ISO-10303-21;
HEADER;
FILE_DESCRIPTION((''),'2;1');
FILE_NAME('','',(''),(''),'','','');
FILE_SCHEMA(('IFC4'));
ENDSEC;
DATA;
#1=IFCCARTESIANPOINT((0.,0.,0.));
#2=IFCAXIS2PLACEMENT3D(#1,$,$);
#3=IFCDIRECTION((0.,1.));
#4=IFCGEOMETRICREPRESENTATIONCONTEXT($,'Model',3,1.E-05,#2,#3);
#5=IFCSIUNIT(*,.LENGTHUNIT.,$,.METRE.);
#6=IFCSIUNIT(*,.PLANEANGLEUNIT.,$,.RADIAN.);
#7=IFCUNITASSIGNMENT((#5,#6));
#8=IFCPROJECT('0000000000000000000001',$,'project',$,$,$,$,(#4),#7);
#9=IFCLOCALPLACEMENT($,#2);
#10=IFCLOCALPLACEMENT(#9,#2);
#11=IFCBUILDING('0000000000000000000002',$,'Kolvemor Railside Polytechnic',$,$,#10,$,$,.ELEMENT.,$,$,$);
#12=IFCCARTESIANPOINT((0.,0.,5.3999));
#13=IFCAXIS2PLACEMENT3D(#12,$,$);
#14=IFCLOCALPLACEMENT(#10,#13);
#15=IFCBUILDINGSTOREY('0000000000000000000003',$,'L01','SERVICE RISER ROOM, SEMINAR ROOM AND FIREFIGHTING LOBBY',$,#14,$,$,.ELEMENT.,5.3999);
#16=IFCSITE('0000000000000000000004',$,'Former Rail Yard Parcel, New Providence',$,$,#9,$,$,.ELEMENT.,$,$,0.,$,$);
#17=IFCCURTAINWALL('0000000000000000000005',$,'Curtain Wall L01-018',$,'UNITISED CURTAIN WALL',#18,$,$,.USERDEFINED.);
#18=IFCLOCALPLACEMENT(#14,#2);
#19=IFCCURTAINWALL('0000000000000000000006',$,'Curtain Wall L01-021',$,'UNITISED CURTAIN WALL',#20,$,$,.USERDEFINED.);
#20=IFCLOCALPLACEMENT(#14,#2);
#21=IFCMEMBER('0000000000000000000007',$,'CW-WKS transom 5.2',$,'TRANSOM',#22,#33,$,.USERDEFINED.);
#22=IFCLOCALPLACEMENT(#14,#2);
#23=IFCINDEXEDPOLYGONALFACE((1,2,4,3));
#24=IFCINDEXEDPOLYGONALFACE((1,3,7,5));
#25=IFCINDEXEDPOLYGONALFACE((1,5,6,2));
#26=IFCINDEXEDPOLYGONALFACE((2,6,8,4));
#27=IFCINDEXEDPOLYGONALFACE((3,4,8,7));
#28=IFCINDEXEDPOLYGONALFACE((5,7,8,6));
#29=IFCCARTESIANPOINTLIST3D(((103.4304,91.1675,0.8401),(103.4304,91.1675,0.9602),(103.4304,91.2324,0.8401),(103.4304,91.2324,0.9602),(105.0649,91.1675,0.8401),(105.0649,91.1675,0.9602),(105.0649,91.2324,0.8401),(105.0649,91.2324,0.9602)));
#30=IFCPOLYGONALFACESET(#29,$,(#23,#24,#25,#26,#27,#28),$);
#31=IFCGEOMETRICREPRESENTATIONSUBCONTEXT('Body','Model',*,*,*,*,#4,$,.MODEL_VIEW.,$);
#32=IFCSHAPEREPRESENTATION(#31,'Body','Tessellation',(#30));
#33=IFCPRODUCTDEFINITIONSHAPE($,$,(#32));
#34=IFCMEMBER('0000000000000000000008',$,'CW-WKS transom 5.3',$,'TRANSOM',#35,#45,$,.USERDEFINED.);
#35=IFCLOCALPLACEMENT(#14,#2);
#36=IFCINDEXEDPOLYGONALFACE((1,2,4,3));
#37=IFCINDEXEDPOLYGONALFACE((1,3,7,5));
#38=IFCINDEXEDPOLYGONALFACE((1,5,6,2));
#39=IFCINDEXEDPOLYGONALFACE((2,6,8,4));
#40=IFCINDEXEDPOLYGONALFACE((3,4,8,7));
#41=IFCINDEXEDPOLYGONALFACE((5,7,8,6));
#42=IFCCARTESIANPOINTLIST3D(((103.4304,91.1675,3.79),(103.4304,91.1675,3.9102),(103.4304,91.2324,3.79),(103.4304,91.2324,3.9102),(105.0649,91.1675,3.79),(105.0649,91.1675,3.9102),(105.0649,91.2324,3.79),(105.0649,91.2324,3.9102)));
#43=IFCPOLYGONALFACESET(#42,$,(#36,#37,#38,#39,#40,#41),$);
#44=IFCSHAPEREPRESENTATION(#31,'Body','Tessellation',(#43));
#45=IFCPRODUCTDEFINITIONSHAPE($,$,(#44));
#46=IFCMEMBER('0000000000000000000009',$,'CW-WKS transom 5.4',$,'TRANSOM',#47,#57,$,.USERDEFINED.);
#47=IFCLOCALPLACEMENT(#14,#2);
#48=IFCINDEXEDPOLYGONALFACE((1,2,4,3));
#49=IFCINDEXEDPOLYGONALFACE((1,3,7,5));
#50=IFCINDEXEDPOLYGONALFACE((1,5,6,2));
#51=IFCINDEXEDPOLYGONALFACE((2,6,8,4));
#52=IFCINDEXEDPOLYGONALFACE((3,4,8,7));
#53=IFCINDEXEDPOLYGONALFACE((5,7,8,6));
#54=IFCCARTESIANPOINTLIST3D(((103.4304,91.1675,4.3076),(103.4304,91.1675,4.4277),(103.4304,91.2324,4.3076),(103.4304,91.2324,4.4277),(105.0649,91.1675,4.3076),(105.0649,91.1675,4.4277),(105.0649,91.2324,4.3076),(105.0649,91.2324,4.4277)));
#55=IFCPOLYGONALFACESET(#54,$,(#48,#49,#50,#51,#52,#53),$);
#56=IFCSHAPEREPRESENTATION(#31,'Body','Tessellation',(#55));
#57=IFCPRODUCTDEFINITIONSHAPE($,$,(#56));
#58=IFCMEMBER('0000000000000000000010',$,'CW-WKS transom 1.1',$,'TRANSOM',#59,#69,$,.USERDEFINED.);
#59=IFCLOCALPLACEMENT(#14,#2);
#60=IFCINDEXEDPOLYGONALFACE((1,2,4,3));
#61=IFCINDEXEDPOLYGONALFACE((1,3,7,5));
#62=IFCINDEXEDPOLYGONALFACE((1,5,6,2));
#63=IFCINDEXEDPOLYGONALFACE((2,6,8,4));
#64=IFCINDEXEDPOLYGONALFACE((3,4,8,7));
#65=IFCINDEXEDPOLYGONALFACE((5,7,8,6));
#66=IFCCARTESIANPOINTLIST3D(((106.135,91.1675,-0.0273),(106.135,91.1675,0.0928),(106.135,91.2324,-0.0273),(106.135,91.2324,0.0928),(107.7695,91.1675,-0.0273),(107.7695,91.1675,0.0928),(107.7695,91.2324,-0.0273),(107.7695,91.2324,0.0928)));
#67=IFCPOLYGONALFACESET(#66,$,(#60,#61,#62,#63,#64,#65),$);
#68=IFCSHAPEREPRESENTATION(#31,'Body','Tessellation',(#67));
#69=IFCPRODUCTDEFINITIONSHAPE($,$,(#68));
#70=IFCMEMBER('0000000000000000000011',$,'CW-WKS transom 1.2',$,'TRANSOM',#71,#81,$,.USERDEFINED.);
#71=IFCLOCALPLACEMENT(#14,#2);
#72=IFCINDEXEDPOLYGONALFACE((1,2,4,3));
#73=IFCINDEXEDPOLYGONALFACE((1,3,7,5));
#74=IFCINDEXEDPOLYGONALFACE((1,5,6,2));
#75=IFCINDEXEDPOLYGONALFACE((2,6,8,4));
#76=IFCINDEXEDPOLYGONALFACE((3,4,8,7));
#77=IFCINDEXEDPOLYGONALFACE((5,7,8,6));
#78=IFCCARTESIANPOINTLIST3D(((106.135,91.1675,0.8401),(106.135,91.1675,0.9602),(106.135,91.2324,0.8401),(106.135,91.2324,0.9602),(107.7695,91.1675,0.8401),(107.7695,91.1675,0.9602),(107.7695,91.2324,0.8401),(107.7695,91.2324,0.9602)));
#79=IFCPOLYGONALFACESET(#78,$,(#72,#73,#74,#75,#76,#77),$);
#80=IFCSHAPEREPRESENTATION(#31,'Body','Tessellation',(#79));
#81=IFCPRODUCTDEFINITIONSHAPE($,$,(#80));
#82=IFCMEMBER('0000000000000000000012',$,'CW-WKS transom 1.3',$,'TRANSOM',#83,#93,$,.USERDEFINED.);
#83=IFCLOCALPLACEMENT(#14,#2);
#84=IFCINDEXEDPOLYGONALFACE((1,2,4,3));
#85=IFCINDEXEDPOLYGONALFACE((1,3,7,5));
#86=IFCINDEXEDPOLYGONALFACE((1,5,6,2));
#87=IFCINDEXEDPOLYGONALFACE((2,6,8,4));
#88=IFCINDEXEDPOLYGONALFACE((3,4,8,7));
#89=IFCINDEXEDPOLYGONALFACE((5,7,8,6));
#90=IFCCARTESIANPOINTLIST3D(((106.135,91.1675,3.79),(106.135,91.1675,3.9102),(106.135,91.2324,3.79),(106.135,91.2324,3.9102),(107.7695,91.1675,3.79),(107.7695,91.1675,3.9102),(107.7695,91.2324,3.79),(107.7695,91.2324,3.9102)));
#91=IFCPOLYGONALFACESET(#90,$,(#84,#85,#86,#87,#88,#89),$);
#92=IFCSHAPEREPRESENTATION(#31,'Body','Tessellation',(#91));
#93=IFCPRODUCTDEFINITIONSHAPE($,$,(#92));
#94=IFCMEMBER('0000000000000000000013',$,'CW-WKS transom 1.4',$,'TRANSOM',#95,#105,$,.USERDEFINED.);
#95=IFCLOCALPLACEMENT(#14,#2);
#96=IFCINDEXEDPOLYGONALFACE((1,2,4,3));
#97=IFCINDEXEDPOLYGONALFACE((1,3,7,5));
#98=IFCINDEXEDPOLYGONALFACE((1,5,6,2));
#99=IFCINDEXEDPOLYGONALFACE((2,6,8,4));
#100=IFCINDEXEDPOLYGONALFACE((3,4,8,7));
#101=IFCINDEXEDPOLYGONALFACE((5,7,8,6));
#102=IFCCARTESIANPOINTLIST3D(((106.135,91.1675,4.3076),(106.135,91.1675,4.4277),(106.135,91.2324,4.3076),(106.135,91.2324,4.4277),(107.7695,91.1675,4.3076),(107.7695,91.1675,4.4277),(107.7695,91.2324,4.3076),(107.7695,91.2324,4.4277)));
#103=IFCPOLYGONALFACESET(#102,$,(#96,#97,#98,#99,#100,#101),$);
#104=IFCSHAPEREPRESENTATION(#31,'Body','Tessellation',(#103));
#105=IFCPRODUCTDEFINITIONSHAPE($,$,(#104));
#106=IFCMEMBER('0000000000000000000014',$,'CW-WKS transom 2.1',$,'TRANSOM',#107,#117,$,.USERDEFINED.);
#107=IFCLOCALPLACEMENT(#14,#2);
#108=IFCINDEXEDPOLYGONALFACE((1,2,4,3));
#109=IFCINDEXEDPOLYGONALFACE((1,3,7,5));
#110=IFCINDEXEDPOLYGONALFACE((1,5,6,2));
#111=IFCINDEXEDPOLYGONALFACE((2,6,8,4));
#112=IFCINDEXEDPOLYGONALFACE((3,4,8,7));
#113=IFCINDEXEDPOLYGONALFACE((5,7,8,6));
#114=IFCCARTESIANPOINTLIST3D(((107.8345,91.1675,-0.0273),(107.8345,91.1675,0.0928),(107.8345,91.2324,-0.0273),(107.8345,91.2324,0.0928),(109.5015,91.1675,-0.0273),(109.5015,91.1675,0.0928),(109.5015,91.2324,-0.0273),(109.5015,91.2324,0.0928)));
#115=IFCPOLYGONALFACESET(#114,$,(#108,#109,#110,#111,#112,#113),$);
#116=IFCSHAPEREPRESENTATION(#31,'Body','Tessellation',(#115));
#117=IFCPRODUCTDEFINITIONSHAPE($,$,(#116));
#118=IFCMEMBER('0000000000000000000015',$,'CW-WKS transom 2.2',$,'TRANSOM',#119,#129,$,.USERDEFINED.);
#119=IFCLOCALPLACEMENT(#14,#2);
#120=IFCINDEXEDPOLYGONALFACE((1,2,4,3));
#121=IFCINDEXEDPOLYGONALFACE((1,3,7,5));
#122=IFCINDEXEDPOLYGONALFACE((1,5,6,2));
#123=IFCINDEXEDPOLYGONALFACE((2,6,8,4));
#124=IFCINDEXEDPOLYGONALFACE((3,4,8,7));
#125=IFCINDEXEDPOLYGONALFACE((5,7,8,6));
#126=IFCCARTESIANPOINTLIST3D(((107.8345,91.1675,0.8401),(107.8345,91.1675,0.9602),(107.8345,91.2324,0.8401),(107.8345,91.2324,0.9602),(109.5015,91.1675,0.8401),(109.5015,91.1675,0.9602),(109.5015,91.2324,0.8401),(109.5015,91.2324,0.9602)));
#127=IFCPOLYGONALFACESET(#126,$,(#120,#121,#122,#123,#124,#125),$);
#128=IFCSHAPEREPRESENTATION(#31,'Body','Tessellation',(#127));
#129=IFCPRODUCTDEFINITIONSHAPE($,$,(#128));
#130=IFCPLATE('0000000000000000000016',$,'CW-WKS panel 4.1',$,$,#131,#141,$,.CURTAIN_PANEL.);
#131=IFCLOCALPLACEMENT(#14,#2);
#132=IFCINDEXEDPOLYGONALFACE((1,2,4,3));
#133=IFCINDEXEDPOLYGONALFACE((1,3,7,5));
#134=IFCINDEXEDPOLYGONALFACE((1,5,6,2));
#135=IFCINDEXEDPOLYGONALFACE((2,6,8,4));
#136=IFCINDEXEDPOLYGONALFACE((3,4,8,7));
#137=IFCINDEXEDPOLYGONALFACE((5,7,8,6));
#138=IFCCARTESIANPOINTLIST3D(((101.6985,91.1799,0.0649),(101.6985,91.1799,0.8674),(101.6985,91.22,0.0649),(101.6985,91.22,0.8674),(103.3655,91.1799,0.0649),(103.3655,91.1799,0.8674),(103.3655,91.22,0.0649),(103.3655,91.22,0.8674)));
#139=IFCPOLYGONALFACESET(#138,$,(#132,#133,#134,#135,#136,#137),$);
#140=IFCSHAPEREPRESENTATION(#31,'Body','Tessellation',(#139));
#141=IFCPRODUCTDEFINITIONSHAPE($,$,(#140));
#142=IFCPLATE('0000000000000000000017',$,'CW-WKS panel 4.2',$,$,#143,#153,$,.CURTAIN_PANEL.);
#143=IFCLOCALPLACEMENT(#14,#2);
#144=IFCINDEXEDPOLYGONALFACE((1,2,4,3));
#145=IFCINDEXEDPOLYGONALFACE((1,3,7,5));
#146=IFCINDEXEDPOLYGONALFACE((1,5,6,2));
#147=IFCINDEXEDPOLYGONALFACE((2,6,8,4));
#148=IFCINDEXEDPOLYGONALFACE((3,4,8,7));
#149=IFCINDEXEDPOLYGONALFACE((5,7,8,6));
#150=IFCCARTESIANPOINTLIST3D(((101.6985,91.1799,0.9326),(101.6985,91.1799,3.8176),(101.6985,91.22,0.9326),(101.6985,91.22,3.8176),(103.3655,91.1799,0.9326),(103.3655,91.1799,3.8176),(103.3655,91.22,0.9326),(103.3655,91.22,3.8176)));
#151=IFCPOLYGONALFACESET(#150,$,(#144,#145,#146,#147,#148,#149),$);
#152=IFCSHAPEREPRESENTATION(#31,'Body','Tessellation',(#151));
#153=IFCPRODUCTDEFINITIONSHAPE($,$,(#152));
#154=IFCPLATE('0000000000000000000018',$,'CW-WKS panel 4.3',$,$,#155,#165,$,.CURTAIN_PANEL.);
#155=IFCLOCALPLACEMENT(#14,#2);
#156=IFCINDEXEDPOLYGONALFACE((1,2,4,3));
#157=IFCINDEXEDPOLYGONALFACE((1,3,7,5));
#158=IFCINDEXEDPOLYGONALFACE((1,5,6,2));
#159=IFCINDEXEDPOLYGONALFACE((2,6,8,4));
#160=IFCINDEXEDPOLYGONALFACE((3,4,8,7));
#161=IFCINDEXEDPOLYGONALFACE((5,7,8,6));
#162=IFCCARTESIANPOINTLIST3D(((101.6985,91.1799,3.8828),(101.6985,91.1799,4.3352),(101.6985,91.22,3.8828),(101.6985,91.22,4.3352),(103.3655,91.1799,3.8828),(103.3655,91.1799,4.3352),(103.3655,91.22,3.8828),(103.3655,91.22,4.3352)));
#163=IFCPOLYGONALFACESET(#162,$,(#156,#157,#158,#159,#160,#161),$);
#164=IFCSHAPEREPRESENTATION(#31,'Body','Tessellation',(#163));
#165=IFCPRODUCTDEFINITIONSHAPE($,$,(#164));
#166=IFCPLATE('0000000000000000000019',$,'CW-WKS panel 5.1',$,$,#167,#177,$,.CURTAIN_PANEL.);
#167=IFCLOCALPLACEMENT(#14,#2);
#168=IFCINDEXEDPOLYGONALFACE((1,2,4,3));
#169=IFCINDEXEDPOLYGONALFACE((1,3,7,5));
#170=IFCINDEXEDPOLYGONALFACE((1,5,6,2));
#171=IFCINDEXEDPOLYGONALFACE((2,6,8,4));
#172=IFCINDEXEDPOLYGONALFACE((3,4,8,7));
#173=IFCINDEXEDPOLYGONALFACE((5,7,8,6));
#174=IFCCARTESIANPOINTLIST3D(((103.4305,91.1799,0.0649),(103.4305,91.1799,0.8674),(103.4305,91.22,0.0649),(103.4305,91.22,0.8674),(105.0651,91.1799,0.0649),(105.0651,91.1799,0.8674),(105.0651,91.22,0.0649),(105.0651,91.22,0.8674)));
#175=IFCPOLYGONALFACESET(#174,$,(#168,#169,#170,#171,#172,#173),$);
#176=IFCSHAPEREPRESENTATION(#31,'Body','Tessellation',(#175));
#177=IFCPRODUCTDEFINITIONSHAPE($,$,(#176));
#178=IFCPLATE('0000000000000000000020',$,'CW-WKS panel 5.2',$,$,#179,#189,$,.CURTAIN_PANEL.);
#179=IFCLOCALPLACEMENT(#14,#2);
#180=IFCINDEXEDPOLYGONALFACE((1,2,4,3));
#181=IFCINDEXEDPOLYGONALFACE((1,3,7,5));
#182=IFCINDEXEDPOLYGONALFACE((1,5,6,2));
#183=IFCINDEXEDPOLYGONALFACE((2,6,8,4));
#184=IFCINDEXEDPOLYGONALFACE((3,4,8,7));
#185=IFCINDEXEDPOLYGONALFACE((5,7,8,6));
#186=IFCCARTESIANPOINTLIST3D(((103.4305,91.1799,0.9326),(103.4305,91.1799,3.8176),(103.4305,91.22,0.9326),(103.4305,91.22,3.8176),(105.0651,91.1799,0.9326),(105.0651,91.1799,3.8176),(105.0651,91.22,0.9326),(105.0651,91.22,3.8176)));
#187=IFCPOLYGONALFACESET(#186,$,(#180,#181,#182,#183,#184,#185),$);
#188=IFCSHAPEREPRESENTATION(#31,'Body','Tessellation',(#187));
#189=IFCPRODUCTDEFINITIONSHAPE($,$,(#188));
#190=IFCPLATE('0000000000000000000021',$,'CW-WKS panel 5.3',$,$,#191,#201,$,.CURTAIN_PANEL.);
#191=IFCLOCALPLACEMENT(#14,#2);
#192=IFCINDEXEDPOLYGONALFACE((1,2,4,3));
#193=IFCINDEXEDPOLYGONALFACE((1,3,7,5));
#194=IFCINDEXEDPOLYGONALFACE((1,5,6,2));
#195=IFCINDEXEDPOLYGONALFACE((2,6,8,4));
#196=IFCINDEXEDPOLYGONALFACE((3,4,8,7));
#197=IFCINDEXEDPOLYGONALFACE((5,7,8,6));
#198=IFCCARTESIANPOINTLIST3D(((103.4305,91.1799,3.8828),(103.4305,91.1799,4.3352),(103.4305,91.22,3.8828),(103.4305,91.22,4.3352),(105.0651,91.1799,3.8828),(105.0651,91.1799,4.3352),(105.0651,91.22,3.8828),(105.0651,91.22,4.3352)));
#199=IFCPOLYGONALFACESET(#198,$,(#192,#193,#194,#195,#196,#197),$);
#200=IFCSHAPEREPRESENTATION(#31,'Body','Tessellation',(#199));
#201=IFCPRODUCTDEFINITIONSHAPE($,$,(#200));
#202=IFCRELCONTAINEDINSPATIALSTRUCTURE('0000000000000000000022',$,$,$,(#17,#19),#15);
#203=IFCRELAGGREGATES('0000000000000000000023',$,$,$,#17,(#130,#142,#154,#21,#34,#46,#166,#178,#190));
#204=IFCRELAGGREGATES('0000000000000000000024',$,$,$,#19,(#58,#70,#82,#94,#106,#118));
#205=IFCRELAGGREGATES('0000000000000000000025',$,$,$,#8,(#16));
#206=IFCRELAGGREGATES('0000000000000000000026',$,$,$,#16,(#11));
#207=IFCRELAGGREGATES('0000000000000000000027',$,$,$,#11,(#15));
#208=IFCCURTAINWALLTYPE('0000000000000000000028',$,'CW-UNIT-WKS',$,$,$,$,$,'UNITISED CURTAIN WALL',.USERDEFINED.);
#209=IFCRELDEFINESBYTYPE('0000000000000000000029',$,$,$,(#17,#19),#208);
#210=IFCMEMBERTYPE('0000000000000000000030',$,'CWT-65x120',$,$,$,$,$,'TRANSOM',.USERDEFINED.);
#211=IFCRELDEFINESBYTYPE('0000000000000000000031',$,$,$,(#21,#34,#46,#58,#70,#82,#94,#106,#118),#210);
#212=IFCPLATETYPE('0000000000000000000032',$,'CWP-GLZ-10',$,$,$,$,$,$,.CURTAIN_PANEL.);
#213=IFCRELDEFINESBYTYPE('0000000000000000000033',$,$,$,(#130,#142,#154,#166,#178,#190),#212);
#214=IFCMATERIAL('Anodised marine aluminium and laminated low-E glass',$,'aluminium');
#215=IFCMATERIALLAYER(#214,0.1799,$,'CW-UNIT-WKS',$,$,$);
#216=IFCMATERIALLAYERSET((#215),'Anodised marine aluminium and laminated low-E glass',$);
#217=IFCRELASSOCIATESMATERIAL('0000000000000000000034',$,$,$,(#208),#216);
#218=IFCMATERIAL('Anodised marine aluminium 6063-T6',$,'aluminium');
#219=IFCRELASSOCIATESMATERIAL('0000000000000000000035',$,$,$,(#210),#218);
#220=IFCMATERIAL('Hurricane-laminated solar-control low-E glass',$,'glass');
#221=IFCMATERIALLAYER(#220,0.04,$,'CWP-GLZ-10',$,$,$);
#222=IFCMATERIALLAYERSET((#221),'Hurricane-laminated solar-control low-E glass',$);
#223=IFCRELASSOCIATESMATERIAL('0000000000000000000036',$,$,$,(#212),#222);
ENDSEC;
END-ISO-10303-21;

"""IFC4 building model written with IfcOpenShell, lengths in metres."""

from ifc_helpers import new_model, si_unit, direction, frame, origin, origin_2d, place, context, subcontext, project, spatial, rectangle, extrude, material, layer, layer_set, material_profile, profile_set, type_object, element, aggregate, save


model = new_model("IFC4")

# Units and contexts
model_context = context("Model", 3, precision=1e-05, world=origin(), true_north=direction((0.0, 1.0)))
body_context = subcontext(model_context, "Body", "Model", "MODEL_VIEW")
ifc_project = project(units=[si_unit("LENGTHUNIT", "METRE"), si_unit("PLANEANGLEUNIT", "RADIAN")], contexts=[model_context])

# Site, building, storey
site_placement = place(None, origin())
site = spatial("IfcSite", under=ifc_project, at=site_placement, Name="Former Rail Yard Parcel, New Providence", CompositionType="ELEMENT", RefElevation=0.0)
building_placement = place(site_placement, origin())
building = spatial("IfcBuilding", under=site, at=building_placement, Name="Kolvemor Railside Polytechnic", CompositionType="ELEMENT")
storey_placement = place(building_placement, frame((0.0, 0.0, 5.3999)))
storey = spatial("IfcBuildingStorey", under=building, at=storey_placement, Name="L01", Description="SERVICE RISER ROOM, SEMINAR ROOM AND FIREFIGHTING LOBBY", CompositionType="ELEMENT", Elevation=5.3999)

# Curtain walls
ifc_material_1 = material(Name="Anodised marine aluminium and laminated low-E glass", Category="aluminium")
ifc_layer_1 = layer(ifc_material_1, 0.1799, Name="CW-UNIT-WKS")
ifc_layer_set_1 = layer_set([ifc_layer_1], Name="Anodised marine aluminium and laminated low-E glass")
curtain_wall_type = type_object("IfcCurtainWallType", Name="CW-UNIT-WKS", ElementType="UNITISED CURTAIN WALL", PredefinedType="USERDEFINED", material=ifc_layer_set_1)
curtain_wall_1_placement = place(storey_placement, origin())
curtain_wall_1 = element("IfcCurtainWall", 1, at=curtain_wall_1_placement, inside=storey, type_object=curtain_wall_type, Name="Curtain Wall L01-018", ObjectType="UNITISED CURTAIN WALL", PredefinedType="USERDEFINED")
curtain_wall_2_placement = place(storey_placement, origin())
curtain_wall_2 = element("IfcCurtainWall", 2, at=curtain_wall_2_placement, inside=storey, type_object=curtain_wall_type, Name="Curtain Wall L01-021", ObjectType="UNITISED CURTAIN WALL", PredefinedType="USERDEFINED")

# Members
ifc_material_2 = material(Name="Anodised marine aluminium 6063-T6", Category="aluminium")
ifc_material_profile_1 = material_profile(ifc_material_2, rectangle(XDim=0.0649, YDim=0.1201, at=origin_2d()), Name="CW-TRN-65x120")
ifc_profile_set_1 = profile_set([ifc_material_profile_1], Name="Anodised marine aluminium 6063-T6")
member_type_1 = type_object("IfcMemberType", Name="CWT-65x120", ElementType="TRANSOM", PredefinedType="USERDEFINED", material=ifc_profile_set_1)
member_1_placement = place(storey_placement, frame((103.4304, 91.2, 0.9001), z_axis=(1.0, 0.0, 0.0), x_axis=(0.0, 1.0, 0.0)))
member_1 = element("IfcMember", 3, at=member_1_placement, type_object=member_type_1, Name="CW-WKS transom 5.2", ObjectType="TRANSOM", PredefinedType="USERDEFINED", context=body_context, shape_type="SweptSolid", body=[
    extrude(rectangle(XDim=0.0649, YDim=0.1201, at=origin_2d()), origin(), (0.0, 0.0, 1.0), 1.6345),
])
member_2_placement = place(storey_placement, frame((103.4304, 91.2, 3.8501), z_axis=(1.0, 0.0, 0.0), x_axis=(0.0, 1.0, 0.0)))
member_2 = element("IfcMember", 4, at=member_2_placement, type_object=member_type_1, Name="CW-WKS transom 5.3", ObjectType="TRANSOM", PredefinedType="USERDEFINED", context=body_context, shape_type="SweptSolid", body=[
    extrude(rectangle(XDim=0.0649, YDim=0.1201, at=origin_2d()), origin(), (0.0, 0.0, 1.0), 1.6345),
])
member_3_placement = place(storey_placement, frame((103.4304, 91.2, 4.3677), z_axis=(1.0, 0.0, 0.0), x_axis=(0.0, 1.0, 0.0)))
member_3 = element("IfcMember", 5, at=member_3_placement, type_object=member_type_1, Name="CW-WKS transom 5.4", ObjectType="TRANSOM", PredefinedType="USERDEFINED", context=body_context, shape_type="SweptSolid", body=[
    extrude(rectangle(XDim=0.0649, YDim=0.1201, at=origin_2d()), origin(), (0.0, 0.0, 1.0), 1.6345),
])
member_4_placement = place(storey_placement, frame((106.135, 91.2, 0.0327), z_axis=(1.0, 0.0, 0.0), x_axis=(0.0, 1.0, 0.0)))
member_4 = element("IfcMember", 6, at=member_4_placement, type_object=member_type_1, Name="CW-WKS transom 1.1", ObjectType="TRANSOM", PredefinedType="USERDEFINED", context=body_context, shape_type="SweptSolid", body=[
    extrude(rectangle(XDim=0.0649, YDim=0.1201, at=origin_2d()), origin(), (0.0, 0.0, 1.0), 1.6345),
])
member_5_placement = place(storey_placement, frame((106.135, 91.2, 0.9001), z_axis=(1.0, 0.0, 0.0), x_axis=(0.0, 1.0, 0.0)))
member_5 = element("IfcMember", 7, at=member_5_placement, type_object=member_type_1, Name="CW-WKS transom 1.2", ObjectType="TRANSOM", PredefinedType="USERDEFINED", context=body_context, shape_type="SweptSolid", body=[
    extrude(rectangle(XDim=0.0649, YDim=0.1201, at=origin_2d()), origin(), (0.0, 0.0, 1.0), 1.6345),
])
member_6_placement = place(storey_placement, frame((106.135, 91.2, 3.8501), z_axis=(1.0, 0.0, 0.0), x_axis=(0.0, 1.0, 0.0)))
member_6 = element("IfcMember", 8, at=member_6_placement, type_object=member_type_1, Name="CW-WKS transom 1.3", ObjectType="TRANSOM", PredefinedType="USERDEFINED", context=body_context, shape_type="SweptSolid", body=[
    extrude(rectangle(XDim=0.0649, YDim=0.1201, at=origin_2d()), origin(), (0.0, 0.0, 1.0), 1.6345),
])
member_7_placement = place(storey_placement, frame((106.135, 91.2, 4.3677), z_axis=(1.0, 0.0, 0.0), x_axis=(0.0, 1.0, 0.0)))
member_7 = element("IfcMember", 9, at=member_7_placement, type_object=member_type_1, Name="CW-WKS transom 1.4", ObjectType="TRANSOM", PredefinedType="USERDEFINED", context=body_context, shape_type="SweptSolid", body=[
    extrude(rectangle(XDim=0.0649, YDim=0.1201, at=origin_2d()), origin(), (0.0, 0.0, 1.0), 1.6345),
])
member_8_placement = place(storey_placement, frame((107.8345, 91.2, 0.0327), z_axis=(1.0, 0.0, 0.0), x_axis=(0.0, 1.0, 0.0)))
member_8 = element("IfcMember", 10, at=member_8_placement, type_object=member_type_1, Name="CW-WKS transom 2.1", ObjectType="TRANSOM", PredefinedType="USERDEFINED", context=body_context, shape_type="SweptSolid", body=[
    extrude(rectangle(XDim=0.0649, YDim=0.1201, at=origin_2d()), origin(), (0.0, 0.0, 1.0), 1.667),
])
member_9_placement = place(storey_placement, frame((107.8345, 91.2, 0.9001), z_axis=(1.0, 0.0, 0.0), x_axis=(0.0, 1.0, 0.0)))
member_9 = element("IfcMember", 11, at=member_9_placement, type_object=member_type_1, Name="CW-WKS transom 2.2", ObjectType="TRANSOM", PredefinedType="USERDEFINED", context=body_context, shape_type="SweptSolid", body=[
    extrude(rectangle(XDim=0.0649, YDim=0.1201, at=origin_2d()), origin(), (0.0, 0.0, 1.0), 1.667),
])

# Plates
ifc_material_3 = material(Name="Hurricane-laminated solar-control low-E glass", Category="glass")
ifc_layer_2 = layer(ifc_material_3, 0.04, Name="CWP-GLZ-10")
ifc_layer_set_2 = layer_set([ifc_layer_2], Name="Hurricane-laminated solar-control low-E glass")
plate_type_1 = type_object("IfcPlateType", Name="CWP-GLZ-10", PredefinedType="CURTAIN_PANEL", material=ifc_layer_set_2)
plate_1_placement = place(storey_placement, frame((102.532, 91.2, 0.0649), z_axis=(0.0, 0.0, 1.0), x_axis=(1.0, 0.0, 0.0)))
plate_1 = element("IfcPlate", 12, at=plate_1_placement, type_object=plate_type_1, Name="CW-WKS panel 4.1", PredefinedType="CURTAIN_PANEL", context=body_context, shape_type="SweptSolid", body=[
    extrude(rectangle(XDim=1.667, YDim=0.04, at=origin_2d()), origin(), (0.0, 0.0, 1.0), 0.8025),
])
plate_2_placement = place(storey_placement, frame((102.532, 91.2, 0.9326), z_axis=(0.0, 0.0, 1.0), x_axis=(1.0, 0.0, 0.0)))
plate_2 = element("IfcPlate", 13, at=plate_2_placement, type_object=plate_type_1, Name="CW-WKS panel 4.2", PredefinedType="CURTAIN_PANEL", context=body_context, shape_type="SweptSolid", body=[
    extrude(rectangle(XDim=1.667, YDim=0.04, at=origin_2d()), origin(), (0.0, 0.0, 1.0), 2.885),
])
plate_3_placement = place(storey_placement, frame((102.532, 91.2, 3.8828), z_axis=(0.0, 0.0, 1.0), x_axis=(1.0, 0.0, 0.0)))
plate_3 = element("IfcPlate", 14, at=plate_3_placement, type_object=plate_type_1, Name="CW-WKS panel 4.3", PredefinedType="CURTAIN_PANEL", context=body_context, shape_type="SweptSolid", body=[
    extrude(rectangle(XDim=1.667, YDim=0.04, at=origin_2d()), origin(), (0.0, 0.0, 1.0), 0.4524),
])
plate_4_placement = place(storey_placement, frame((104.2478, 91.2, 0.0649), z_axis=(0.0, 0.0, 1.0), x_axis=(1.0, 0.0, 0.0)))
plate_4 = element("IfcPlate", 15, at=plate_4_placement, type_object=plate_type_1, Name="CW-WKS panel 5.1", PredefinedType="CURTAIN_PANEL", context=body_context, shape_type="SweptSolid", body=[
    extrude(rectangle(XDim=1.6345, YDim=0.04, at=origin_2d()), origin(), (0.0, 0.0, 1.0), 0.8025),
])
plate_5_placement = place(storey_placement, frame((104.2478, 91.2, 0.9326), z_axis=(0.0, 0.0, 1.0), x_axis=(1.0, 0.0, 0.0)))
plate_5 = element("IfcPlate", 16, at=plate_5_placement, type_object=plate_type_1, Name="CW-WKS panel 5.2", PredefinedType="CURTAIN_PANEL", context=body_context, shape_type="SweptSolid", body=[
    extrude(rectangle(XDim=1.6345, YDim=0.04, at=origin_2d()), origin(), (0.0, 0.0, 1.0), 2.885),
])
plate_6_placement = place(storey_placement, frame((104.2478, 91.2, 3.8828), z_axis=(0.0, 0.0, 1.0), x_axis=(1.0, 0.0, 0.0)))
plate_6 = element("IfcPlate", 17, at=plate_6_placement, type_object=plate_type_1, Name="CW-WKS panel 5.3", PredefinedType="CURTAIN_PANEL", context=body_context, shape_type="SweptSolid", body=[
    extrude(rectangle(XDim=1.6345, YDim=0.04, at=origin_2d()), origin(), (0.0, 0.0, 1.0), 0.4524),
])
aggregate(curtain_wall_1, [plate_1, plate_2, plate_3, member_1, member_2, member_3, plate_4, plate_5, plate_6])
aggregate(curtain_wall_2, [member_4, member_5, member_6, member_7, member_8, member_9])

save(model, "model.ifc")
